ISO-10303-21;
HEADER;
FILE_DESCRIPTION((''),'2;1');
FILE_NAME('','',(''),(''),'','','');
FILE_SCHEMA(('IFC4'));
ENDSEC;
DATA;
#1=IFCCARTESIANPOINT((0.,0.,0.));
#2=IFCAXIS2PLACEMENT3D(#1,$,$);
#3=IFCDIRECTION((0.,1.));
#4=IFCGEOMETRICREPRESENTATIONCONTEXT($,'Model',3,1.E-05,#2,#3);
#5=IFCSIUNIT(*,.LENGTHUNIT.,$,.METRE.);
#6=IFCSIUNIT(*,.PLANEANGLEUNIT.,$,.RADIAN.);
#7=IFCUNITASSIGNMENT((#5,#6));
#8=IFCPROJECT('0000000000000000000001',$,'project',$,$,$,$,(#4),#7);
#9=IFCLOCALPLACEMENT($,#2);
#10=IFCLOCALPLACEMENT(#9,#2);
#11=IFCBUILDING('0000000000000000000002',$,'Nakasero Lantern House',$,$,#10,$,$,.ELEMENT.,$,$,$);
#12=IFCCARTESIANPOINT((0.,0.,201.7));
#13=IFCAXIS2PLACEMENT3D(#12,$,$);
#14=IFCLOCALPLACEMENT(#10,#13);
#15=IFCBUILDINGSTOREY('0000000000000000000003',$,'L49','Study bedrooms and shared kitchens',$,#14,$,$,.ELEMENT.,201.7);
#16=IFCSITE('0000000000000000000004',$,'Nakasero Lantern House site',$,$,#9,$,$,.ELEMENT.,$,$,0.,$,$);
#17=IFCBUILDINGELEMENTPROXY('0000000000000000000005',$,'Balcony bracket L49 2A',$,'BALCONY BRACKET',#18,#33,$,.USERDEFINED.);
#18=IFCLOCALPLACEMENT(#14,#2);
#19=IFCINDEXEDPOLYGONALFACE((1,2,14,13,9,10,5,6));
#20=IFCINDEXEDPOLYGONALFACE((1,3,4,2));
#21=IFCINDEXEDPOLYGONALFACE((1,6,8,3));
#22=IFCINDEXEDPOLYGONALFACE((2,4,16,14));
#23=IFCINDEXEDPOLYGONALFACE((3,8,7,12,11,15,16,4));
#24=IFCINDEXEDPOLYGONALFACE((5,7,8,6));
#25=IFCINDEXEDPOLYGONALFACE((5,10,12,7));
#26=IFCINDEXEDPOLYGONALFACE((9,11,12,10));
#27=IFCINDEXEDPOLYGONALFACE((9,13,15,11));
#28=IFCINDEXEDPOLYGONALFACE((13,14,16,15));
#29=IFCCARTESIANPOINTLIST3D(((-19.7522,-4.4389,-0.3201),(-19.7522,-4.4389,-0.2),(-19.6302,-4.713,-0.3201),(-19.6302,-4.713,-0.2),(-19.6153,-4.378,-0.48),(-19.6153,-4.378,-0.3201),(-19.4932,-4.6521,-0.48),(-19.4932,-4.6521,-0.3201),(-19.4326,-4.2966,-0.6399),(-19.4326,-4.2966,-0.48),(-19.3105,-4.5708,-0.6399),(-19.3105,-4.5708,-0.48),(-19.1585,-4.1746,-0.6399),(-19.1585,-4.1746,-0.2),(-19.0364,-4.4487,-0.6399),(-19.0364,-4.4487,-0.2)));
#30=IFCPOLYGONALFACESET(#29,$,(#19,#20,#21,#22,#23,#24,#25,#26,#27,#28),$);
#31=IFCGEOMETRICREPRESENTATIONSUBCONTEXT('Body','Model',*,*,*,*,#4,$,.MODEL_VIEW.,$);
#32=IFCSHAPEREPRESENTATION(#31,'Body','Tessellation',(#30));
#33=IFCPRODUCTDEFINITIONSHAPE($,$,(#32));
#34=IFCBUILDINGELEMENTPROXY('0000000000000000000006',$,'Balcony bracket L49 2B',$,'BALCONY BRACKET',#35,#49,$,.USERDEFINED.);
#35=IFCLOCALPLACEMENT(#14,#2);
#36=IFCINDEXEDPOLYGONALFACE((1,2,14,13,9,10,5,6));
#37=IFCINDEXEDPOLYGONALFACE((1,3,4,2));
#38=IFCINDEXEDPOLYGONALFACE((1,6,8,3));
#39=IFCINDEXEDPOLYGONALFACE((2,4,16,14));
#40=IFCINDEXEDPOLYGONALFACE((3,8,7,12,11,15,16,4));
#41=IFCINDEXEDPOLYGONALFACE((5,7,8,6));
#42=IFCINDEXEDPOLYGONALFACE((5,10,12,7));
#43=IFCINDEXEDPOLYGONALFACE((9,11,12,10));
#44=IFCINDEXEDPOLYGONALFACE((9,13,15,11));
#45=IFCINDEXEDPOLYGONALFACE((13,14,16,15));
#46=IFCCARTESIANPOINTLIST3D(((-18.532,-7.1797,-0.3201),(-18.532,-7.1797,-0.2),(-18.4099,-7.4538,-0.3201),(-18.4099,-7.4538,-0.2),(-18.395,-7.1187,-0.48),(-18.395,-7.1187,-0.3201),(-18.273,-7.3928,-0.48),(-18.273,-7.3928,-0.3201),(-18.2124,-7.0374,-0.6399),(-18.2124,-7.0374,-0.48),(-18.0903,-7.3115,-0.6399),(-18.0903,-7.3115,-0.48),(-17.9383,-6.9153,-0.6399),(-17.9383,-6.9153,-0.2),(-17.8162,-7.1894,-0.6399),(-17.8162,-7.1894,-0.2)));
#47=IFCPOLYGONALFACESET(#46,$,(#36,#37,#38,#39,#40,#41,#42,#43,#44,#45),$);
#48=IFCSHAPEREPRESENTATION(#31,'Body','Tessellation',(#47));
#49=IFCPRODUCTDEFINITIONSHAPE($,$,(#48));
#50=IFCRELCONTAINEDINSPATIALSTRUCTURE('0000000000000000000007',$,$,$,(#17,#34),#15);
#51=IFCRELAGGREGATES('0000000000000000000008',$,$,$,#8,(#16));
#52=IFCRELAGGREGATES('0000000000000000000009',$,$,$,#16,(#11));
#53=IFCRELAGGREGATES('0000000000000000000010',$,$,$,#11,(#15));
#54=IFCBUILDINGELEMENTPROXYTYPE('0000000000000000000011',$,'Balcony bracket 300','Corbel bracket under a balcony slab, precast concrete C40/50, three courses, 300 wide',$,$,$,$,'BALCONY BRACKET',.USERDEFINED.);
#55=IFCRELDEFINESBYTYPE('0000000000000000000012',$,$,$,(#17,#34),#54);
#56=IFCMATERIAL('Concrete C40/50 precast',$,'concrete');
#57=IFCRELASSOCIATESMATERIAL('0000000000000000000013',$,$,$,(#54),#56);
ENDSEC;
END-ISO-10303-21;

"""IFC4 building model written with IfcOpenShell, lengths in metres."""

from ifc_helpers import new_model, si_unit, direction, frame, origin, place, context, subcontext, project, spatial, polyline, outline, extrude, material, type_object, element, save


model = new_model("IFC4")

# Units and contexts
model_context = context("Model", 3, precision=1e-05, world=origin(), true_north=direction((0.0, 1.0)))
body_context = subcontext(model_context, "Body", "Model", "MODEL_VIEW")
ifc_project = project(units=[si_unit("LENGTHUNIT", "METRE"), si_unit("PLANEANGLEUNIT", "RADIAN")], contexts=[model_context])

# Site, building, storey
site_placement = place(None, origin())
site = spatial("IfcSite", under=ifc_project, at=site_placement, Name="Nakasero Lantern House site", CompositionType="ELEMENT", RefElevation=0.0)
building_placement = place(site_placement, origin())
building = spatial("IfcBuilding", under=site, at=building_placement, Name="Nakasero Lantern House", CompositionType="ELEMENT")
storey_placement = place(building_placement, frame((0.0, 0.0, 201.7)))
storey = spatial("IfcBuildingStorey", under=building, at=storey_placement, Name="L49", Description="Study bedrooms and shared kitchens", CompositionType="ELEMENT", Elevation=201.7)

# Building element proxies
ifc_material_1 = material(Name="Concrete C40/50 precast", Category="concrete")
building_element_proxy_type = type_object("IfcBuildingElementProxyType", Name="Balcony bracket 300", Description="Corbel bracket under a balcony slab, precast concrete C40/50, three courses, 300 wide", ElementType="BALCONY BRACKET", PredefinedType="USERDEFINED", material=ifc_material_1)
for number, where, z_axis, x_axis, name in (
    (1, (-19.0974, -4.3118, -0.2), (0.0, 0.0, 1.0), (-0.913545, -0.406737, 0.0), "Balcony bracket L49 2A"),
    (2, (-17.8772, -7.0525, -0.2), (0.0, 0.0, 1.0), (-0.913545, -0.406737, 0.0), "Balcony bracket L49 2B"),
):
    element("IfcBuildingElementProxy", number, at=place(storey_placement, frame(where, z_axis=z_axis, x_axis=x_axis)), inside=storey, type_object=building_element_proxy_type, Name=name, ObjectType="BALCONY BRACKET", PredefinedType="USERDEFINED", context=body_context, shape_type="SweptSolid", body=[
        extrude(outline(polyline([(0.0, 0.0), (0.6499, 0.0), (0.6499, -0.1201), (0.5, -0.1201), (0.5, -0.28), (0.3, -0.28), (0.3, -0.4399), (0.0, -0.4399), (0.0, 0.0)])), frame((0.0, 0.1499, 0.0), z_axis=(0.0, -1.0, 0.0), x_axis=(1.0, 0.0, 0.0)), (0.0, 0.0, 1.0), 0.3),
    ])

save(model, "model.ifc")
